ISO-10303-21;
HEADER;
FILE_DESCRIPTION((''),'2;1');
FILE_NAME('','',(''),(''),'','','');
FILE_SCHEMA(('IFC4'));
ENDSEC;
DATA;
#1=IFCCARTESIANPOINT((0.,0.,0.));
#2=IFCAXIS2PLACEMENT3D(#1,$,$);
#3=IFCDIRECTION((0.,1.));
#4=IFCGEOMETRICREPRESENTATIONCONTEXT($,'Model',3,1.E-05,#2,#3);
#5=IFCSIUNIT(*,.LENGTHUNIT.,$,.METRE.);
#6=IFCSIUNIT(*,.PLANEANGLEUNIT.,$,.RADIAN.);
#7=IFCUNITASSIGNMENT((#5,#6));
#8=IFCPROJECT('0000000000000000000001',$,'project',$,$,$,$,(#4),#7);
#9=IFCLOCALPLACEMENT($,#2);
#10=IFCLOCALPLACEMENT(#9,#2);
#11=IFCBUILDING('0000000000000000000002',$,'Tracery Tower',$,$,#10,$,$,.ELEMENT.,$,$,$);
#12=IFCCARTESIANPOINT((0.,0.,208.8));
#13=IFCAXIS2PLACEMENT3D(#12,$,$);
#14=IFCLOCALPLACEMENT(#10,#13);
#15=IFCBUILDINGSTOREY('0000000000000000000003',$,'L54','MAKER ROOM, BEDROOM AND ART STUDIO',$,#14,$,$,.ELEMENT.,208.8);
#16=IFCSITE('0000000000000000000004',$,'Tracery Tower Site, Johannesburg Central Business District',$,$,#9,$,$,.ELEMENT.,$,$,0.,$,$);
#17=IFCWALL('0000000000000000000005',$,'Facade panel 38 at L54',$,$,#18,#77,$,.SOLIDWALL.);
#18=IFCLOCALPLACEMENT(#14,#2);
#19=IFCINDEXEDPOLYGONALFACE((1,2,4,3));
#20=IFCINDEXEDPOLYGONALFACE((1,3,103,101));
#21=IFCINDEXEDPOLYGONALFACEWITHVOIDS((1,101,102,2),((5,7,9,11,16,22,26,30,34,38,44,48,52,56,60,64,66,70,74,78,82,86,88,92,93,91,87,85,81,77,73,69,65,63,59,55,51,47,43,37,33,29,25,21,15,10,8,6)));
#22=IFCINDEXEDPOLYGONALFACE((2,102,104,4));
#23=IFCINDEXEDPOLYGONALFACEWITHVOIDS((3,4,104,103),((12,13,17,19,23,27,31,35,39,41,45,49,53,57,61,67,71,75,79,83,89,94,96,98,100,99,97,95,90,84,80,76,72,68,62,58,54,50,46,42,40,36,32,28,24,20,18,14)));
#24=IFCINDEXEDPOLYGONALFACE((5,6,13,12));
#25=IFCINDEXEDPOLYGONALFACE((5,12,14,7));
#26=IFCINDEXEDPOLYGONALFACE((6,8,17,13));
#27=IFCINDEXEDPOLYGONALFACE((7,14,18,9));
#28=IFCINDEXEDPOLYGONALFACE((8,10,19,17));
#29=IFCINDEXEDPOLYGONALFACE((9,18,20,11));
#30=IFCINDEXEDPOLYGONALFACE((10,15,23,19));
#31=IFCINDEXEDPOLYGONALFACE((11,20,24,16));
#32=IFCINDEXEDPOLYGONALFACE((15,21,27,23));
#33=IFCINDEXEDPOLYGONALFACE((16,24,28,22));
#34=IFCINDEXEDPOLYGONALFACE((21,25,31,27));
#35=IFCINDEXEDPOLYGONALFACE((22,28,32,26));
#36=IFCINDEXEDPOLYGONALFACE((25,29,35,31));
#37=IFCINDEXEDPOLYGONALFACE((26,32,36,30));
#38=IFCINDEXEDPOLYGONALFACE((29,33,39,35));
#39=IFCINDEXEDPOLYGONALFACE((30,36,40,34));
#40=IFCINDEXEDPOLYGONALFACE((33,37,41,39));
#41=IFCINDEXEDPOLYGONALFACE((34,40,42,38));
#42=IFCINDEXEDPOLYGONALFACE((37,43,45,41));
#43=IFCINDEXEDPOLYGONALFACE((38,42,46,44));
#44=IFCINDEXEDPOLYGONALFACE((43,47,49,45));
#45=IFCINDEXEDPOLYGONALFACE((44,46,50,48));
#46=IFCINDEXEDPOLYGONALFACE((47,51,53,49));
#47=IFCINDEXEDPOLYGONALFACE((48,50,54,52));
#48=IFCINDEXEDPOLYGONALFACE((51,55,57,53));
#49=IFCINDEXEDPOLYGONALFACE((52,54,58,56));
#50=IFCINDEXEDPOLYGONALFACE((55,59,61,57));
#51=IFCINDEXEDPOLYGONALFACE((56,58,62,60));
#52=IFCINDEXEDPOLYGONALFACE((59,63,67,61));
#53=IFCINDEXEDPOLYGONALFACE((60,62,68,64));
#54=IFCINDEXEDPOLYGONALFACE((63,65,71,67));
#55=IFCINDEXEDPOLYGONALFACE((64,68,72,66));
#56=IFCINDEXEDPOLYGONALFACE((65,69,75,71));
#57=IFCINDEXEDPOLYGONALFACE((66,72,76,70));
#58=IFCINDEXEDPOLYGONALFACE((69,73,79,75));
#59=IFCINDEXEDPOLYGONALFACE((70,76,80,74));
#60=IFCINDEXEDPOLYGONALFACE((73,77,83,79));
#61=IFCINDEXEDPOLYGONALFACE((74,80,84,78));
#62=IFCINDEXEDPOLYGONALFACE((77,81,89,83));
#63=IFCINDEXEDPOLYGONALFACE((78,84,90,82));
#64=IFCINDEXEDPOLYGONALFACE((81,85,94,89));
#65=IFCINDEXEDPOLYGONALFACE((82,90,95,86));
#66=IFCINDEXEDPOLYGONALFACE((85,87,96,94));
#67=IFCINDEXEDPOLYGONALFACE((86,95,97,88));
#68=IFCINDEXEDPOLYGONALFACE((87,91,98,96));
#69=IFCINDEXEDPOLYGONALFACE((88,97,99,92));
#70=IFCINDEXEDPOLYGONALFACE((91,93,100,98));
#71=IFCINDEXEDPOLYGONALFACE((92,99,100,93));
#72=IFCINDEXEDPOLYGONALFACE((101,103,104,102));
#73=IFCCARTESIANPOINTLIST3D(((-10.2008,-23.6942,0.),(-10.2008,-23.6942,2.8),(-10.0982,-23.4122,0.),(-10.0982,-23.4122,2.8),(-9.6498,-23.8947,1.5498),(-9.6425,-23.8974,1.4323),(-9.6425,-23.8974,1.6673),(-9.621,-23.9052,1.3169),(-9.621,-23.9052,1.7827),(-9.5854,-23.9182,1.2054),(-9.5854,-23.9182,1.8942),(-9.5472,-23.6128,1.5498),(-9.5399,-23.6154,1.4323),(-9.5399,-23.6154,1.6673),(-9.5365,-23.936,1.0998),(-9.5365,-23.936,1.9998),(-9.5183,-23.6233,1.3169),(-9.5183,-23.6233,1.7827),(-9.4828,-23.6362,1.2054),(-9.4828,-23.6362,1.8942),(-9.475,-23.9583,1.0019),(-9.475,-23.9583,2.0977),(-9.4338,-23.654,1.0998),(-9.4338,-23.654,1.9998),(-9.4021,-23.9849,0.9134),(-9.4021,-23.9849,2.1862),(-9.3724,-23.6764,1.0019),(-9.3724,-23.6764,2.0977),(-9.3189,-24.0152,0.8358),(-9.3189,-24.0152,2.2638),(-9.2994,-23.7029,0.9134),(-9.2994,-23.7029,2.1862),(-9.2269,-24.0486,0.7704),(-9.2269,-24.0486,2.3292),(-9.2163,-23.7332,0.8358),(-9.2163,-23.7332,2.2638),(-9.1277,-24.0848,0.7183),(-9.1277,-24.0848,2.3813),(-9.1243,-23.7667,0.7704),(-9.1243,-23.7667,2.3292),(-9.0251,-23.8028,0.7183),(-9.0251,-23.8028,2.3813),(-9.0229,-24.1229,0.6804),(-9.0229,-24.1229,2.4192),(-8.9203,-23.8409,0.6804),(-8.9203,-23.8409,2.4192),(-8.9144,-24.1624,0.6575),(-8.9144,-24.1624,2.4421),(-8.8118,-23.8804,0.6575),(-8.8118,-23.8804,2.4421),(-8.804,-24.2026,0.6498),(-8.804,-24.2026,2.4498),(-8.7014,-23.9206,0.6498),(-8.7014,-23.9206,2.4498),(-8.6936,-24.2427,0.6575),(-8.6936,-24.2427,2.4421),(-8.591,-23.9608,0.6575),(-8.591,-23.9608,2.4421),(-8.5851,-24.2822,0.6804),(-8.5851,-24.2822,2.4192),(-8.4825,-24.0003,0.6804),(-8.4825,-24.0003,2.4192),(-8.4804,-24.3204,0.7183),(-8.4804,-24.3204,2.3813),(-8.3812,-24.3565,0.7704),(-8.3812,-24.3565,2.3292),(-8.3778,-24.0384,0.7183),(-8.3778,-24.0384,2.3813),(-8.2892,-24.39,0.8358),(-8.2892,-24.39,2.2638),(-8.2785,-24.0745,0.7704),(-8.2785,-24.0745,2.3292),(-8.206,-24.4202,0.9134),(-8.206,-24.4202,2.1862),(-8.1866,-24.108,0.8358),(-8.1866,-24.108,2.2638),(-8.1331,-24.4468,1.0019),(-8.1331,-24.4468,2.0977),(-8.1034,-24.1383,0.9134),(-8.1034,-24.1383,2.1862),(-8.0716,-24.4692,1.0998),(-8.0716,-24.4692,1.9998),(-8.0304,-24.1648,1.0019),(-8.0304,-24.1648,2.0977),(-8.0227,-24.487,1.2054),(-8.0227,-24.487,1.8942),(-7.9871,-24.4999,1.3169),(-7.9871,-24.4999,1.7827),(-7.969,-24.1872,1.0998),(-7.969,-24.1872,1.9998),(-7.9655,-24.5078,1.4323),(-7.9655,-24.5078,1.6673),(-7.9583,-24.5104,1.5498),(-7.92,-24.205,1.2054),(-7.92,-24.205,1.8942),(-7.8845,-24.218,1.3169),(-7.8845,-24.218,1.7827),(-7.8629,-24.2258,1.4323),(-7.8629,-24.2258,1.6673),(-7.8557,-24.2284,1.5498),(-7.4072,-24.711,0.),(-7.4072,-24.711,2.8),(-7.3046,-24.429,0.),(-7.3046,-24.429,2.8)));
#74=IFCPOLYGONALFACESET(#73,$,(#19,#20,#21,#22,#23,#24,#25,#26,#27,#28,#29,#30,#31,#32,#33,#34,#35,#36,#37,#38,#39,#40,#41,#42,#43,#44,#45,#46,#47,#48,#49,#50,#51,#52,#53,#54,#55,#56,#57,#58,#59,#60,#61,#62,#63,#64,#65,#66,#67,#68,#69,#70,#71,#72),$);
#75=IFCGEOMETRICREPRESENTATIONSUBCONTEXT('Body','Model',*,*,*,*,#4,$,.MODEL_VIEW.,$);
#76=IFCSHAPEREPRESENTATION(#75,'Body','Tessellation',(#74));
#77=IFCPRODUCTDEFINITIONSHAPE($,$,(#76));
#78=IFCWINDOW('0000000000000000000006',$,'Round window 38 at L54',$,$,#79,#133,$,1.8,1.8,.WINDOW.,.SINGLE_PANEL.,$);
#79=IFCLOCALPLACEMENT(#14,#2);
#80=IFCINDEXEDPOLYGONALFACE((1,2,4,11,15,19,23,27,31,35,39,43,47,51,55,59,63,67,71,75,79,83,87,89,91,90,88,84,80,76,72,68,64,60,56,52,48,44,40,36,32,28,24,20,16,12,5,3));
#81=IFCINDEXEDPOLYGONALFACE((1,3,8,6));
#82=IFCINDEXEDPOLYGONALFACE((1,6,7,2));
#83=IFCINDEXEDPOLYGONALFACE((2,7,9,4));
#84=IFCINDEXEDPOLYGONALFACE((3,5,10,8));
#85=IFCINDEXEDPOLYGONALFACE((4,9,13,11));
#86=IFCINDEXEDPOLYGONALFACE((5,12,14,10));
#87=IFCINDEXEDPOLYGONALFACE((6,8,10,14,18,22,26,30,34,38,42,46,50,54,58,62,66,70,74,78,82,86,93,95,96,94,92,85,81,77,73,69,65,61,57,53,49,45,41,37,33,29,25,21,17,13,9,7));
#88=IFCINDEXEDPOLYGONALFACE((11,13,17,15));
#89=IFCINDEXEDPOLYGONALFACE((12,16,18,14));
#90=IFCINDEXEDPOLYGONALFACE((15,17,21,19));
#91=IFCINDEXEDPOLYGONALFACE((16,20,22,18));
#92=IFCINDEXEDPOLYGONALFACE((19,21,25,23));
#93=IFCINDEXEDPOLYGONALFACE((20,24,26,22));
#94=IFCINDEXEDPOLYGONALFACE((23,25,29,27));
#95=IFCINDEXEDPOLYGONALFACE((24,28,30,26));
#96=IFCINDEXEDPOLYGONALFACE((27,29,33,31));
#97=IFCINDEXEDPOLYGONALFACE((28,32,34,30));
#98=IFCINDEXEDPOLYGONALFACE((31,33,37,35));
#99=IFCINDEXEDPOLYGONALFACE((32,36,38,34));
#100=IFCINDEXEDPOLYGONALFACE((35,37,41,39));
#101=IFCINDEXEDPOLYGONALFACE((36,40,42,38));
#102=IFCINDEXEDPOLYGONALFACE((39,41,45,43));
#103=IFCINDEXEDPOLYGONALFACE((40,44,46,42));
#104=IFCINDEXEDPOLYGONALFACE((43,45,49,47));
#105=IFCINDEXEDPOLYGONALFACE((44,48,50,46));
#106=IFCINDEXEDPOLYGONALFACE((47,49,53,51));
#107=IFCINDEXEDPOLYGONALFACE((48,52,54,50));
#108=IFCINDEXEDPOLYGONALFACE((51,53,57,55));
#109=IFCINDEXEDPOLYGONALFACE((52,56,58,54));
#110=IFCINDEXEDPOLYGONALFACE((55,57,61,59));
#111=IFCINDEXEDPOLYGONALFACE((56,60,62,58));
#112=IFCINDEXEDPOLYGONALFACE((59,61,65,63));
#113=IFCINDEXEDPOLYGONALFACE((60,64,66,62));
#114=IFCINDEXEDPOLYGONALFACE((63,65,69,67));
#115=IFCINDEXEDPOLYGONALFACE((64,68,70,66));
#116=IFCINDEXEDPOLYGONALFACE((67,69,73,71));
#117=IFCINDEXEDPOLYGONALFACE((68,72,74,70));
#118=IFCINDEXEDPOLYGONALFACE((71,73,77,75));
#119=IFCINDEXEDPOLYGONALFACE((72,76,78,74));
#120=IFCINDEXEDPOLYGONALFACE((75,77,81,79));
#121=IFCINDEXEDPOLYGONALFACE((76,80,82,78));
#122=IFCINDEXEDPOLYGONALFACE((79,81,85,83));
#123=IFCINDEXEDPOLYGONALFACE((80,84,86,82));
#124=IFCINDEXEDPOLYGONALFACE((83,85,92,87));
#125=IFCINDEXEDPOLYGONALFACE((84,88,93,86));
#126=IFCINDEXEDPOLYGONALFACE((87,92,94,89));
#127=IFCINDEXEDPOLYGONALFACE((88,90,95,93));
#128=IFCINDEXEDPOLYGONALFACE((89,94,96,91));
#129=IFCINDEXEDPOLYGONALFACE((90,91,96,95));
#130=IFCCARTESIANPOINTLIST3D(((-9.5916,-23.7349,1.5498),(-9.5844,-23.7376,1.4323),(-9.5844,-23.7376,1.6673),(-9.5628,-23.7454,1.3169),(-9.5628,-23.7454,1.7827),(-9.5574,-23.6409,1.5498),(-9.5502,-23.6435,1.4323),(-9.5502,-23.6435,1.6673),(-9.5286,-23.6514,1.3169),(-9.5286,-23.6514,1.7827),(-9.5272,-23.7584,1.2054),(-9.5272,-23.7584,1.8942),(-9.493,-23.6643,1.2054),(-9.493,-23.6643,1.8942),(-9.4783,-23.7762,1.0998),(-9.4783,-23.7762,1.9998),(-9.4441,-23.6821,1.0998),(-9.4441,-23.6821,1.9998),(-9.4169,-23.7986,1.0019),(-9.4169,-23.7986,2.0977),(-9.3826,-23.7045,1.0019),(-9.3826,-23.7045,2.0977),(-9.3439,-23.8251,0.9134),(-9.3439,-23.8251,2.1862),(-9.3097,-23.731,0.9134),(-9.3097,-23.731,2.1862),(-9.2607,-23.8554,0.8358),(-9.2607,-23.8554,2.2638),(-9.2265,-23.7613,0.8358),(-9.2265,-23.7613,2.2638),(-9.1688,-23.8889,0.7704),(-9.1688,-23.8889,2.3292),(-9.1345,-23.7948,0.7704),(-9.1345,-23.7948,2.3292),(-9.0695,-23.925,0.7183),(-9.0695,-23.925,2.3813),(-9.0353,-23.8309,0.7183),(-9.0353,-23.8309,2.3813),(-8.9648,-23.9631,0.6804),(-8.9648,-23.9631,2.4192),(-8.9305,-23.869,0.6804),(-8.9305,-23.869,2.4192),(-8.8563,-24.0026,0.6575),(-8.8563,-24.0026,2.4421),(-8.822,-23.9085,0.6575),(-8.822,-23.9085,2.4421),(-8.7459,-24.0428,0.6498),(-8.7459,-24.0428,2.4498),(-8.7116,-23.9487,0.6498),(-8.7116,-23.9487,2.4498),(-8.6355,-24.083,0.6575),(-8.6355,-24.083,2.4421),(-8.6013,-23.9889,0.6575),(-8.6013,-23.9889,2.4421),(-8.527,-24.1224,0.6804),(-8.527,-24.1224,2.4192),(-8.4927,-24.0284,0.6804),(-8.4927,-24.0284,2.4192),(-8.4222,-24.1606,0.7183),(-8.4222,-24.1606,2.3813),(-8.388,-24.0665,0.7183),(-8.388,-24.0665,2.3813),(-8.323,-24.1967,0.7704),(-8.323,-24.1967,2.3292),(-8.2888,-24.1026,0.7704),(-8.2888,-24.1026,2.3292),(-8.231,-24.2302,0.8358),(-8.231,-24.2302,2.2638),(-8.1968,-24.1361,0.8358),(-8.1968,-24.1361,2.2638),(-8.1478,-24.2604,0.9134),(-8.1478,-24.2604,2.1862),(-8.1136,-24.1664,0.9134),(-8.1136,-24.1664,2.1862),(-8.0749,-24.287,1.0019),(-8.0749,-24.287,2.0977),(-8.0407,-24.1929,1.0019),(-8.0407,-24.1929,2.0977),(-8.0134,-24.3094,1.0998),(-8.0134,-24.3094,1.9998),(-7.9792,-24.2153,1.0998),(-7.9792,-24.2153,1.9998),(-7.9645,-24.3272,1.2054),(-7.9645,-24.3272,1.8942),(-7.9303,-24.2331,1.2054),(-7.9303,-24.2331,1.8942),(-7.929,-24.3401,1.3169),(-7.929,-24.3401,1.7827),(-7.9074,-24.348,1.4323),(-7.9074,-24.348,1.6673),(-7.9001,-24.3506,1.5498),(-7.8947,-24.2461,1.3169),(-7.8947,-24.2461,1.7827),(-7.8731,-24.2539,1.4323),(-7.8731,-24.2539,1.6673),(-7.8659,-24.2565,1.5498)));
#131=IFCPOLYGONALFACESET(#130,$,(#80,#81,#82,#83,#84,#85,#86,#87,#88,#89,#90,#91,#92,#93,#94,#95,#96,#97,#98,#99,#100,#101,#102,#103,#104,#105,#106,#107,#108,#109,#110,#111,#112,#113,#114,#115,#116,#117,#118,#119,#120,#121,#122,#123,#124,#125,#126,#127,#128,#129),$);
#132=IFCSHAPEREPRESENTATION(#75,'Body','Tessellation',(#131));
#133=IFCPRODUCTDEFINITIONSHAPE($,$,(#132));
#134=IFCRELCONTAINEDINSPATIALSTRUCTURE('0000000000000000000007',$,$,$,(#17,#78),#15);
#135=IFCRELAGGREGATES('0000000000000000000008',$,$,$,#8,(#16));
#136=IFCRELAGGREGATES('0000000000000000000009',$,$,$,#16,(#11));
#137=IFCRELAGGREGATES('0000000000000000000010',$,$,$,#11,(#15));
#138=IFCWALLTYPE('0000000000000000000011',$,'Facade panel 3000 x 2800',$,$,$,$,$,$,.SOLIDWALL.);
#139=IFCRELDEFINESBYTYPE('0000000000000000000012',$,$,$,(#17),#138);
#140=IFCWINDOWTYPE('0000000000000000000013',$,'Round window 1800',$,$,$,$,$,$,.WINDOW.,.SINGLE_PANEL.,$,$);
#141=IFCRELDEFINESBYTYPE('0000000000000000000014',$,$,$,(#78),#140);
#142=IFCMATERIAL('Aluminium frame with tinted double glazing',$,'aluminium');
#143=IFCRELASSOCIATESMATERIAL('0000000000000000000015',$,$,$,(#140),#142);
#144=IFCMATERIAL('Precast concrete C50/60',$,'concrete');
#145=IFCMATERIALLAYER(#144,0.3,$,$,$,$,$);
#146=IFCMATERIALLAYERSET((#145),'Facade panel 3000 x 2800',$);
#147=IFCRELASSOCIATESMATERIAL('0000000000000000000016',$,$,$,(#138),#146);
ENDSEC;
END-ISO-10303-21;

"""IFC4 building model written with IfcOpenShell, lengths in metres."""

from ifc_helpers import new_model, si_unit, direction, frame, frame_2d, origin, origin_2d, place, context, subcontext, project, spatial, rectangle, circle, extrude, material, layer, layer_set, type_object, element, fill, save


model = new_model("IFC4")

# Units and contexts
model_context = context("Model", 3, precision=1e-05, world=origin(), true_north=direction((0.0, 1.0)))
body_context = subcontext(model_context, "Body", "Model", "MODEL_VIEW")
ifc_project = project(units=[si_unit("LENGTHUNIT", "METRE"), si_unit("PLANEANGLEUNIT", "RADIAN")], contexts=[model_context])

# Site, building, storey
site_placement = place(None, origin())
site = spatial("IfcSite", under=ifc_project, at=site_placement, Name="Tracery Tower Site, Johannesburg Central Business District", CompositionType="ELEMENT", RefElevation=0.0)
building_placement = place(site_placement, origin())
building = spatial("IfcBuilding", under=site, at=building_placement, Name="Tracery Tower", CompositionType="ELEMENT")
storey_placement = place(building_placement, frame((0.0, 0.0, 208.8)))
storey = spatial("IfcBuildingStorey", under=building, at=storey_placement, Name="L54", Description="MAKER ROOM, BEDROOM AND ART STUDIO", CompositionType="ELEMENT", Elevation=208.8)

# Wall, opening, window
ifc_material_1 = material(Name="Aluminium frame with tinted double glazing", Category="aluminium")
window_type = type_object("IfcWindowType", Name="Round window 1800", PartitioningType="SINGLE_PANEL", PredefinedType="WINDOW", material=ifc_material_1)
ifc_material_2 = material(Name="Precast concrete C50/60", Category="concrete")
ifc_layer_1 = layer(ifc_material_2, 0.3)
ifc_layer_set_1 = layer_set([ifc_layer_1], Name="Facade panel 3000 x 2800")
wall_type_1 = type_object("IfcWallType", Name="Facade panel 3000 x 2800", PredefinedType="SOLIDWALL", material=ifc_layer_set_1)
wall_1_placement = place(storey_placement, frame((-10.1494, -23.5532, 0.0), z_axis=(0.0, 0.0, 1.0), x_axis=(0.93969, -0.342027, 0.0)))
wall_1 = element("IfcWall", 1, at=wall_1_placement, inside=storey, type_object=wall_type_1, Name="Facade panel 38 at L54", PredefinedType="SOLIDWALL", context=body_context, shape_type="SweptSolid", body=[
    extrude(rectangle(XDim=2.9729, YDim=0.3, at=frame_2d((1.4863, 0.0))), origin(), (0.0, 0.0, 1.0), 2.8),
])
opening_1_placement = place(wall_1_placement, frame((1.4863, 0.0, 1.5498)))
opening_1 = element("IfcOpeningElement", 2, at=opening_1_placement, cuts=wall_1, PredefinedType="OPENING", context=body_context, shape_type="SweptSolid", body=[
    extrude(circle(Radius=0.9, at=origin_2d()), frame((0.0, 0.1599, 0.0), z_axis=(0.0, -1.0, 0.0), x_axis=(1.0, 0.0, 0.0)), (0.0, 0.0, 1.0), 0.3201),
])
window_1_placement = place(opening_1_placement, origin())
window_1 = element("IfcWindow", 3, at=window_1_placement, inside=storey, type_object=window_type, Name="Round window 38 at L54", OverallHeight=1.8, OverallWidth=1.8, PartitioningType="SINGLE_PANEL", PredefinedType="WINDOW", context=body_context, shape_type="SweptSolid", body=[
    extrude(circle(Radius=0.9, at=origin_2d()), frame((0.0, 0.1201, 0.0), z_axis=(0.0, -1.0, 0.0), x_axis=(1.0, 0.0, 0.0)), (0.0, 0.0, 1.0), 0.1001),
])
fill(opening_1, window_1)

save(model, "model.ifc")
